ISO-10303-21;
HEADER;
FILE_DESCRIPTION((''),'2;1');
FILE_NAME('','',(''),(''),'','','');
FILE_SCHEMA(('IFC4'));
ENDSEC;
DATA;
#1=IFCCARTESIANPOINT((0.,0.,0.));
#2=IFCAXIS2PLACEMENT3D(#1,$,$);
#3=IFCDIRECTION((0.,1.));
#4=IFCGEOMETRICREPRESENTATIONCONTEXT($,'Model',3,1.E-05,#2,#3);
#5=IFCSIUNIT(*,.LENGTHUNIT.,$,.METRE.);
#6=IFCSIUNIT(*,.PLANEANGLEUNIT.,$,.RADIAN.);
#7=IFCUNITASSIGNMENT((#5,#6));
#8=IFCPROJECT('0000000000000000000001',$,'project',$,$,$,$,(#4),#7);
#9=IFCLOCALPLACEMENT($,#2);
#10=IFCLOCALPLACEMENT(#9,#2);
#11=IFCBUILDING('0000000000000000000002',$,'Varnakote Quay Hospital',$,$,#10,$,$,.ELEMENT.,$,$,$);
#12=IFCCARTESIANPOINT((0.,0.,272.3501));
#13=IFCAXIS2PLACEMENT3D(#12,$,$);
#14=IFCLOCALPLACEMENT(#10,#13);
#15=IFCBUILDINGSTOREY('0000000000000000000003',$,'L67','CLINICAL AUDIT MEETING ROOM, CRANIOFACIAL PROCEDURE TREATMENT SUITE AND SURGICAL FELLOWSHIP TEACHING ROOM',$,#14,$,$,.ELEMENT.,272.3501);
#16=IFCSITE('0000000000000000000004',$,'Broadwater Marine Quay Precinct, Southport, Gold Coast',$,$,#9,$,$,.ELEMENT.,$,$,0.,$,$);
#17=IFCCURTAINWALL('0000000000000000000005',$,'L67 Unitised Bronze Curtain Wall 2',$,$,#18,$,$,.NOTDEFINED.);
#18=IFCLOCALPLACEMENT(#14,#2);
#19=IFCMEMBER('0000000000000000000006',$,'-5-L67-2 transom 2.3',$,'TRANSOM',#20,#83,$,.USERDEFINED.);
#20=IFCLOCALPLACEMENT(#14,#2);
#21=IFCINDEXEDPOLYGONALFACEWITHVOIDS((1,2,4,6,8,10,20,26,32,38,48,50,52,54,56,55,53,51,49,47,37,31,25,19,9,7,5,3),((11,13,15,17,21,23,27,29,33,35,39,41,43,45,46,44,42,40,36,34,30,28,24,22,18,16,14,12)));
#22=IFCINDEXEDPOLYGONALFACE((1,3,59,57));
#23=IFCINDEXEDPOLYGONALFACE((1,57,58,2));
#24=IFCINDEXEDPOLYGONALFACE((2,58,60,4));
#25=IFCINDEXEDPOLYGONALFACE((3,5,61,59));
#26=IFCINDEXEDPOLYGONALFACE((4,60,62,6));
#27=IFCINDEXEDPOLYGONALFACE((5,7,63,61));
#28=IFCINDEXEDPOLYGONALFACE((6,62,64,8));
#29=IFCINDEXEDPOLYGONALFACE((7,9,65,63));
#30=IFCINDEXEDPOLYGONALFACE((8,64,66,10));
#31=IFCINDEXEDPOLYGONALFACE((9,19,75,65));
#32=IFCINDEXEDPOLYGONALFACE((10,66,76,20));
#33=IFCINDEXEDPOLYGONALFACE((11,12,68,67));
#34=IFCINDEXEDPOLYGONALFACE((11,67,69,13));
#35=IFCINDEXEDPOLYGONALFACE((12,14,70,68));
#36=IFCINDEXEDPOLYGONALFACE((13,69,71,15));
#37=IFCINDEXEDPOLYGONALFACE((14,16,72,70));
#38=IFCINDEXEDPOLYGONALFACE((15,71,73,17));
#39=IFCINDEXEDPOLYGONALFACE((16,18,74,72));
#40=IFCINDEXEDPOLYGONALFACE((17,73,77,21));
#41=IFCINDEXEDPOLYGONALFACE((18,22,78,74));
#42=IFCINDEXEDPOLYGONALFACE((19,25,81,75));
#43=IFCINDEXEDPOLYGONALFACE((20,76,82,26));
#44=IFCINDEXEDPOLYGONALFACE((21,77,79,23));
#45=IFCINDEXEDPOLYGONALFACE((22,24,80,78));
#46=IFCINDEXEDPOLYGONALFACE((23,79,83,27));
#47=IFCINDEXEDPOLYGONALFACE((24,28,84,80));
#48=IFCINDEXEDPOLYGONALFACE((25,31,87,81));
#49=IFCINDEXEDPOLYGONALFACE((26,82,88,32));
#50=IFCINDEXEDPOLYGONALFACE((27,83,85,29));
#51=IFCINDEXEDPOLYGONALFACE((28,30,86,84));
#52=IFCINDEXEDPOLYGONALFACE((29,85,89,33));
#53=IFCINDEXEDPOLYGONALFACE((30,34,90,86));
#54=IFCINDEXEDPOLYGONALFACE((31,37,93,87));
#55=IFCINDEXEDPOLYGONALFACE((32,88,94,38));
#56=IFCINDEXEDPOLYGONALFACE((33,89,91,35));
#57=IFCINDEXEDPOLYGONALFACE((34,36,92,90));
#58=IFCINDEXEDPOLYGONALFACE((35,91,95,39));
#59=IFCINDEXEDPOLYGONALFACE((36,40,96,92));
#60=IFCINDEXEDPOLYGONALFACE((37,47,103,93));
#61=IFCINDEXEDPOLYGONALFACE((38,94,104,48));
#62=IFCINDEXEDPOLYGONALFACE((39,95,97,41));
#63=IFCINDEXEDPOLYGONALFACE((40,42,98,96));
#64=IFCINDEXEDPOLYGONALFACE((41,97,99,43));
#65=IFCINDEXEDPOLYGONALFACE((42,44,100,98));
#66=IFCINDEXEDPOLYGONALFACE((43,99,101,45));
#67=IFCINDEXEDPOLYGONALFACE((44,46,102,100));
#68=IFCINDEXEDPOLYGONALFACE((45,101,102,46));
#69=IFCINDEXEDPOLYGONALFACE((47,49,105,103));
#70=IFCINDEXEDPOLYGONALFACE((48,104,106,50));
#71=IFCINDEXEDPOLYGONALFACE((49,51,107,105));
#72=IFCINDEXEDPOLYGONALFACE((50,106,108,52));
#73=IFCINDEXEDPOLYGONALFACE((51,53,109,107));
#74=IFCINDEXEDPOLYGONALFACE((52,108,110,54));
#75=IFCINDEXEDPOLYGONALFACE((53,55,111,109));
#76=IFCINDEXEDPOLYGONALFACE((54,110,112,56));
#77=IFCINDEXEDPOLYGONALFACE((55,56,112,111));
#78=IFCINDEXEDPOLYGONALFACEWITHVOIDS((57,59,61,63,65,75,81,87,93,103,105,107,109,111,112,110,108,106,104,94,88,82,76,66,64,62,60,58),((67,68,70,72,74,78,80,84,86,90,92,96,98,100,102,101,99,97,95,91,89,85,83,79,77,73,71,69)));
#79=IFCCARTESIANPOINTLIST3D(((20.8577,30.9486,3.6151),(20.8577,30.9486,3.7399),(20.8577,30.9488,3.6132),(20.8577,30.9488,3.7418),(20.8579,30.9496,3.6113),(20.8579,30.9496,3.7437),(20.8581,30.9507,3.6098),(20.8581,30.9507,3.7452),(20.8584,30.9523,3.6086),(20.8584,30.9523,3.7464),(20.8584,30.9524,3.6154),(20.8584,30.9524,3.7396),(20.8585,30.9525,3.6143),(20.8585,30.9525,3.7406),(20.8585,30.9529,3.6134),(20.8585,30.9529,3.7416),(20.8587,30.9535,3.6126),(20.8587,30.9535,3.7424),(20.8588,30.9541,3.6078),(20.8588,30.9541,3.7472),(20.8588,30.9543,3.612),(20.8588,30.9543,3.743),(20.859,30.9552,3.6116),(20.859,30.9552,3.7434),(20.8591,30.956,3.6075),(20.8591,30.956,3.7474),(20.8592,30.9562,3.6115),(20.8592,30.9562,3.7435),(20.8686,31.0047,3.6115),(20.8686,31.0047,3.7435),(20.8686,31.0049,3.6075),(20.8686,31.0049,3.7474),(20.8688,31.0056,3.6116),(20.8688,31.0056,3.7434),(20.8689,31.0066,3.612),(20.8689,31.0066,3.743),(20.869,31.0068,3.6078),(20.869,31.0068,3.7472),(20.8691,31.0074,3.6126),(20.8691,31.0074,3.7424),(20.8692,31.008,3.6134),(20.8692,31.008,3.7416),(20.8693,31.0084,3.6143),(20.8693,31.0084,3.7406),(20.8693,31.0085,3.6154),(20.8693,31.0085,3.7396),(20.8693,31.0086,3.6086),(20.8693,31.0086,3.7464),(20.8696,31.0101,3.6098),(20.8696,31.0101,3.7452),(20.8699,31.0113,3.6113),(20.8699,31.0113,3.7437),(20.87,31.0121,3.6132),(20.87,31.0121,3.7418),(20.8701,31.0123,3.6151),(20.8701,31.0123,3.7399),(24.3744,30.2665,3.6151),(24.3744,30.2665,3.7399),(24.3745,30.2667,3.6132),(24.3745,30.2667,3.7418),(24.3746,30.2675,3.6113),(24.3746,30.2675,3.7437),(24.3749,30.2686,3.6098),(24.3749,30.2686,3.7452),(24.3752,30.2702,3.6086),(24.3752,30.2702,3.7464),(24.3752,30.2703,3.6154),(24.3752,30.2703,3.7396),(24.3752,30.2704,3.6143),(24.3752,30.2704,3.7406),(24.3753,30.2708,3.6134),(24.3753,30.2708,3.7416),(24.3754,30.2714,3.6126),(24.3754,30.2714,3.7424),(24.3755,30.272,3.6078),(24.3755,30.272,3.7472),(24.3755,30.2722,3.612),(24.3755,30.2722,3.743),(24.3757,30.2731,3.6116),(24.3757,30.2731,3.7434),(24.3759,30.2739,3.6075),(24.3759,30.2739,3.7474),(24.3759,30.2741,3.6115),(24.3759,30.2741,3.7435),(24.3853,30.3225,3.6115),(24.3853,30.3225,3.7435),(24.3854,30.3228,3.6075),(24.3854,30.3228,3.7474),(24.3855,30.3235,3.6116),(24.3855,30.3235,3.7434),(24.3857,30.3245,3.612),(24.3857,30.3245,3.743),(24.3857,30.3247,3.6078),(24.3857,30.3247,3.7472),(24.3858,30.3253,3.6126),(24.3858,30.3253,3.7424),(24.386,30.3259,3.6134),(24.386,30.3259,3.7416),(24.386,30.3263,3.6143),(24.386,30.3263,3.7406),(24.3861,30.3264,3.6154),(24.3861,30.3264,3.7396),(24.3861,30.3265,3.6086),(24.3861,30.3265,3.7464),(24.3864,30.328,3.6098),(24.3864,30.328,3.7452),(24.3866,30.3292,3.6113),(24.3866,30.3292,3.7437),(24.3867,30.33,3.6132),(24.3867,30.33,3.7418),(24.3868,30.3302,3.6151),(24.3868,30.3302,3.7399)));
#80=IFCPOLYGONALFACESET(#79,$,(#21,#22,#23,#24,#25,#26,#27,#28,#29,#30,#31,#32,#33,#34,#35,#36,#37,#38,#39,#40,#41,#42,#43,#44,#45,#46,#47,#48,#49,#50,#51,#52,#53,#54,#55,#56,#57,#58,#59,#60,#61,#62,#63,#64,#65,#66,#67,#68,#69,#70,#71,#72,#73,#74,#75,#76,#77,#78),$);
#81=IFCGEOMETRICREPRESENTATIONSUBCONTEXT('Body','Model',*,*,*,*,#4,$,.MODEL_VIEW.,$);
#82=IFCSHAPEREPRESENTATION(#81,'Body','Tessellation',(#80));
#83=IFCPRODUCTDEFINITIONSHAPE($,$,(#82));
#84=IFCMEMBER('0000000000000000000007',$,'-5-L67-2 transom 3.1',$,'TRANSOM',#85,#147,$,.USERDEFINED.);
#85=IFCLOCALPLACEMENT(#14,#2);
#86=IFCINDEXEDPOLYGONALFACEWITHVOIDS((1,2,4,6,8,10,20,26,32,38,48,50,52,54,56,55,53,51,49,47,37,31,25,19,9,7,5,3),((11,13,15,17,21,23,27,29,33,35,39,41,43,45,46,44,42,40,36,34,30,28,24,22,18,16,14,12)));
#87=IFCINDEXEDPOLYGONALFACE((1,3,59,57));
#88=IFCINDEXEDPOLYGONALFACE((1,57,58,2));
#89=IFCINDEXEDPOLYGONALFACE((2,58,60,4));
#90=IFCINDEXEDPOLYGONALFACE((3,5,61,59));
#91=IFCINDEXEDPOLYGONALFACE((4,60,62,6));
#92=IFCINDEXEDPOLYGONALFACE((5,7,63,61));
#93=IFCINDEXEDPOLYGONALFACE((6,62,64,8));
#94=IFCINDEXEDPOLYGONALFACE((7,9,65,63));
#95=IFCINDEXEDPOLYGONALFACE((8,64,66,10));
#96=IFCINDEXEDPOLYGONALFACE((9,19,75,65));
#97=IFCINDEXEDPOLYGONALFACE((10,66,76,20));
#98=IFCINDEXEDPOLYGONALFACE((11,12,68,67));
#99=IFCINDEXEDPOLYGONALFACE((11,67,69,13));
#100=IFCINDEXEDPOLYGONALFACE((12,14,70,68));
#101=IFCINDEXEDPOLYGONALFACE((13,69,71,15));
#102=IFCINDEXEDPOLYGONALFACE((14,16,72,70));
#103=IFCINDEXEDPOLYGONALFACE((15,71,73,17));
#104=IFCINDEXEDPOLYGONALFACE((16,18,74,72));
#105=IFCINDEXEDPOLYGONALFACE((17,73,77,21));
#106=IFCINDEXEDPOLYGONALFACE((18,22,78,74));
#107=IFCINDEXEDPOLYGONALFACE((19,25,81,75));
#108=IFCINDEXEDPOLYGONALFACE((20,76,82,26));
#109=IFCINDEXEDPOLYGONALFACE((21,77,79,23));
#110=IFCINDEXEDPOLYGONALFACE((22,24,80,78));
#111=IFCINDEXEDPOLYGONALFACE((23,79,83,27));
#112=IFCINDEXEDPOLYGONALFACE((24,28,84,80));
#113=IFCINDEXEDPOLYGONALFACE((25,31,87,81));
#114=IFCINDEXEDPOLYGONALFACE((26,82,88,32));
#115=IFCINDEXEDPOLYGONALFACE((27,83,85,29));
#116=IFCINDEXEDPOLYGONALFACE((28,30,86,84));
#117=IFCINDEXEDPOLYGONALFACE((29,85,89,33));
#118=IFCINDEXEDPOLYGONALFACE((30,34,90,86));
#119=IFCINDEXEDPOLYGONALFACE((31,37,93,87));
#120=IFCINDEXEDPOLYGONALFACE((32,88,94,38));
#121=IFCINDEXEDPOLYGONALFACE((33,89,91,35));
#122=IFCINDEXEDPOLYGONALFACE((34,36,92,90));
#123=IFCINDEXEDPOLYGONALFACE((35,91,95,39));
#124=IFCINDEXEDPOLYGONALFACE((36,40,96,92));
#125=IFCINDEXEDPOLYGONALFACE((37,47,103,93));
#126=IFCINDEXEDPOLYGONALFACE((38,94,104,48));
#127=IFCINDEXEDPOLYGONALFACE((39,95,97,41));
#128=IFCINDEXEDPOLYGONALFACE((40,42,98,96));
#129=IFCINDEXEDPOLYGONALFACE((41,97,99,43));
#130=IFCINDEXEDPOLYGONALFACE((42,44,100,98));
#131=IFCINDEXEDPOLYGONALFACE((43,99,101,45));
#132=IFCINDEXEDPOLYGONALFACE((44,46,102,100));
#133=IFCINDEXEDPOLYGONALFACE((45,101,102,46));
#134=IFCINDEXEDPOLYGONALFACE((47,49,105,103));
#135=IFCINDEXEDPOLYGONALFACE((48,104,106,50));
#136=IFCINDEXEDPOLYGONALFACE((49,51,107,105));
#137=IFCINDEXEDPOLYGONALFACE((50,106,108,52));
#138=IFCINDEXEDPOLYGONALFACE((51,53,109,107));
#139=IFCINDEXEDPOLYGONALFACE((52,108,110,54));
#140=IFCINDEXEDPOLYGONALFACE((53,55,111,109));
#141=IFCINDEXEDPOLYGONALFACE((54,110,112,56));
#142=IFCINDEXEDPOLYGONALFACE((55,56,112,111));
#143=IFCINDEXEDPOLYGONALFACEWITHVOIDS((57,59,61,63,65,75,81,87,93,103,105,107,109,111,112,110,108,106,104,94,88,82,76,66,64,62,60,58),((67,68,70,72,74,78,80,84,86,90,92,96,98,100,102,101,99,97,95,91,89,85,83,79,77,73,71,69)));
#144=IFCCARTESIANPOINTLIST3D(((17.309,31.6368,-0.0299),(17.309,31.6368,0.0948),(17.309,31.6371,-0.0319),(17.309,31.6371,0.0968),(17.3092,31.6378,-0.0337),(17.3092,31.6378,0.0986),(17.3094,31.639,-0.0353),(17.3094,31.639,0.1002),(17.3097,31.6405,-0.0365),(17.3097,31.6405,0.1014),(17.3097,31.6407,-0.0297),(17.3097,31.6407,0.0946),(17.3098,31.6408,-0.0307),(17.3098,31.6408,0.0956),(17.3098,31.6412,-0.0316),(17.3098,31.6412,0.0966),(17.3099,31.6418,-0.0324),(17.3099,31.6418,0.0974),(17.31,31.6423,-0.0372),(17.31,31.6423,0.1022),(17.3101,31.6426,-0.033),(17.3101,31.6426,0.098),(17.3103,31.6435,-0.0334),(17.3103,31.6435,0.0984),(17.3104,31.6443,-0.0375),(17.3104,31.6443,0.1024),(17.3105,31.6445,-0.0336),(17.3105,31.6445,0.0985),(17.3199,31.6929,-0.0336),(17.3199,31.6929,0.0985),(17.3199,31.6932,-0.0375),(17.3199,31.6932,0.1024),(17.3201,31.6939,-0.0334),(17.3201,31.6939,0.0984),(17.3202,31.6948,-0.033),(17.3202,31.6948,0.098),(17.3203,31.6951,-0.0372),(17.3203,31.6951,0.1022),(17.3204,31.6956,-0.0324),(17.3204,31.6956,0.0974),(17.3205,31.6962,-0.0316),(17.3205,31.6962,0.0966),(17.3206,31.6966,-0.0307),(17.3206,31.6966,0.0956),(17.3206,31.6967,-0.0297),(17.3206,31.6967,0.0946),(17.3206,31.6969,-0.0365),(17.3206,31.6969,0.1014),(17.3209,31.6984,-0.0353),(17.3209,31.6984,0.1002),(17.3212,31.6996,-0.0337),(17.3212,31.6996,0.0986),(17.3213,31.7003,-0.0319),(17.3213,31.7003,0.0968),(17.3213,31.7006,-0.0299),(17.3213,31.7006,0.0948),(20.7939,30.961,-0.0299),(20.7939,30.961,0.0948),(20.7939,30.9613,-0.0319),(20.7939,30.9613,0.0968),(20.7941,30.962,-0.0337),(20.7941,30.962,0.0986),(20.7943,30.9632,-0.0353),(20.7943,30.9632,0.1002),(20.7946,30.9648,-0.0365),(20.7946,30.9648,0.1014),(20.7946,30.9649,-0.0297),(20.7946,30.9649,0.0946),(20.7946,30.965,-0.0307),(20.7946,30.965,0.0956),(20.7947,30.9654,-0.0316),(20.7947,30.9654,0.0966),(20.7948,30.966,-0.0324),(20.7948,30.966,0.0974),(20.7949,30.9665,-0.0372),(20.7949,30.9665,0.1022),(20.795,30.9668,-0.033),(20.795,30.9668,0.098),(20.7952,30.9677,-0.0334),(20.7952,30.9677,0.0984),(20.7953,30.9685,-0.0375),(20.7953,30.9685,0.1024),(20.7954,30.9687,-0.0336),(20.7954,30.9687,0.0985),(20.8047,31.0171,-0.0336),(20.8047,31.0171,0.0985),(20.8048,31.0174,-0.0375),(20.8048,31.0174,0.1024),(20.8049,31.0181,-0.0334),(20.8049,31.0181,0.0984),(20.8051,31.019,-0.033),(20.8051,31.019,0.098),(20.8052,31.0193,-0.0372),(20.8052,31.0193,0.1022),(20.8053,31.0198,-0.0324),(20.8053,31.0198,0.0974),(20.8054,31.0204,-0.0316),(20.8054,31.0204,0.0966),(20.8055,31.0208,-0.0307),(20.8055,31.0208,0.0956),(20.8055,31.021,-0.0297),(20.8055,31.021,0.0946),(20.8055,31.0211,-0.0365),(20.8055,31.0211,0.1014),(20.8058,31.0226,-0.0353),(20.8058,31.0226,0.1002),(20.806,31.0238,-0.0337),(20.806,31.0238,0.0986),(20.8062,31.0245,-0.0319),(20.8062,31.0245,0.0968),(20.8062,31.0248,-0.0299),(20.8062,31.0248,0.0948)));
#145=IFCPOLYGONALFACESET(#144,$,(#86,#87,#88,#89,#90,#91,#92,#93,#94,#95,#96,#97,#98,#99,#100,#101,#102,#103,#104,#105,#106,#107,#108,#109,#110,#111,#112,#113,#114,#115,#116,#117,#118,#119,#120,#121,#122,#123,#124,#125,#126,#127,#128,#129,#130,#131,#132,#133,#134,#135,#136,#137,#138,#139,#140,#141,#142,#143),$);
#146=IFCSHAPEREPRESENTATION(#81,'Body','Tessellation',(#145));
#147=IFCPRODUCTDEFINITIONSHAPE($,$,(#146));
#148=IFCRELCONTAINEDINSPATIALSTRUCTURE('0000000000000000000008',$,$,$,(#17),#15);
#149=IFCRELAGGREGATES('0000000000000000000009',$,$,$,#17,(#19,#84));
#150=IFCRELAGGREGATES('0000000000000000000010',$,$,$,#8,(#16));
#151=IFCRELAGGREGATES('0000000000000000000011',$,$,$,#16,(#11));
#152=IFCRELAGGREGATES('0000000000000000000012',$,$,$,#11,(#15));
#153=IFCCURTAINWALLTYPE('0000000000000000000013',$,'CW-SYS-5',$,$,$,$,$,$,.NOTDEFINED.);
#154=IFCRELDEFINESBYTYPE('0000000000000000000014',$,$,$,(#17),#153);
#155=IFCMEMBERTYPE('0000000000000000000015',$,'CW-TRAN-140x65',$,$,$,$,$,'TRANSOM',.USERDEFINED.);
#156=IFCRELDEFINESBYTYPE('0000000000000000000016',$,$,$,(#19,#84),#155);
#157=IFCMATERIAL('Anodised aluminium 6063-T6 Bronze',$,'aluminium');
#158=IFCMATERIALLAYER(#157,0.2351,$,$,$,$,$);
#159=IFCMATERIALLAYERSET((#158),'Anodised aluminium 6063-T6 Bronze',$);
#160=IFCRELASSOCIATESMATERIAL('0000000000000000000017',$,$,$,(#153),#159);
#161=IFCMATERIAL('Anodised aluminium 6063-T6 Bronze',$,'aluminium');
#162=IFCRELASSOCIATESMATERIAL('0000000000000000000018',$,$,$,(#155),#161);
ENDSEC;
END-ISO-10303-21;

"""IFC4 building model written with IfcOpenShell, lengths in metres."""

from ifc_helpers import new_model, si_unit, direction, frame, origin, origin_2d, place, context, subcontext, project, spatial, hollow_rectangle, extrude, material, layer, layer_set, material_profile, profile_set, type_object, element, aggregate, save


model = new_model("IFC4")

# Units and contexts
model_context = context("Model", 3, precision=1e-05, world=origin(), true_north=direction((0.0, 1.0)))
body_context = subcontext(model_context, "Body", "Model", "MODEL_VIEW")
ifc_project = project(units=[si_unit("LENGTHUNIT", "METRE"), si_unit("PLANEANGLEUNIT", "RADIAN")], contexts=[model_context])

# Site, building, storey
site_placement = place(None, origin())
site = spatial("IfcSite", under=ifc_project, at=site_placement, Name="Broadwater Marine Quay Precinct, Southport, Gold Coast", CompositionType="ELEMENT", RefElevation=0.0)
building_placement = place(site_placement, origin())
building = spatial("IfcBuilding", under=site, at=building_placement, Name="Varnakote Quay Hospital", CompositionType="ELEMENT")
storey_placement = place(building_placement, frame((0.0, 0.0, 272.3501)))
storey = spatial("IfcBuildingStorey", under=building, at=storey_placement, Name="L67", Description="CLINICAL AUDIT MEETING ROOM, CRANIOFACIAL PROCEDURE TREATMENT SUITE AND SURGICAL FELLOWSHIP TEACHING ROOM", CompositionType="ELEMENT", Elevation=272.3501)

# Shared definitions
ifc_material_1 = material(Name="Anodised aluminium 6063-T6 Bronze", Category="aluminium")
ifc_layer_1 = layer(ifc_material_1, 0.2351)
ifc_layer_set_1 = layer_set([ifc_layer_1], Name="Anodised aluminium 6063-T6 Bronze")
curtain_wall_type = type_object("IfcCurtainWallType", Name="CW-SYS-5", PredefinedType="NOTDEFINED", material=ifc_layer_set_1)

# Curtain wall, members
curtain_wall_1_placement = place(storey_placement, origin())
curtain_wall_1 = element("IfcCurtainWall", 1, at=curtain_wall_1_placement, inside=storey, type_object=curtain_wall_type, Name="L67 Unitised Bronze Curtain Wall 2", PredefinedType="NOTDEFINED")
ifc_material_2 = material(Name="Anodised aluminium 6063-T6 Bronze", Category="aluminium")
ifc_material_profile_1 = material_profile(ifc_material_2, hollow_rectangle(XDim=0.0649, YDim=0.1399, WallThickness=0.0039, InnerFilletRadius=0.0039, OuterFilletRadius=0.0076, at=origin_2d()), Name="CW-TRAN-140x65")
ifc_profile_set_1 = profile_set([ifc_material_profile_1], Name="Anodised aluminium 6063-T6 Bronze")
member_type_1 = type_object("IfcMemberType", Name="CW-TRAN-140x65", ElementType="TRANSOM", PredefinedType="USERDEFINED", material=ifc_profile_set_1)
member_1_placement = place(storey_placement, frame((24.3806, 30.2983, 3.6775), z_axis=(-0.981704, 0.190412, 0.0), x_axis=(-0.190412, -0.981704, 0.0)))
member_1 = element("IfcMember", 2, at=member_1_placement, type_object=member_type_1, Name="-5-L67-2 transom 2.3", ObjectType="TRANSOM", PredefinedType="USERDEFINED", context=body_context, shape_type="SweptSolid", body=[
    extrude(hollow_rectangle(XDim=0.0649, YDim=0.1399, WallThickness=0.0039, InnerFilletRadius=0.0039, OuterFilletRadius=0.0076, at=origin_2d()), origin(), (0.0, 0.0, 1.0), 3.5823),
])
member_2_placement = place(storey_placement, frame((20.8, 30.9929, 0.0325), z_axis=(-0.981712, 0.190373, 0.0), x_axis=(-0.190373, -0.981712, 0.0)))
member_2 = element("IfcMember", 3, at=member_2_placement, type_object=member_type_1, Name="-5-L67-2 transom 3.1", ObjectType="TRANSOM", PredefinedType="USERDEFINED", context=body_context, shape_type="SweptSolid", body=[
    extrude(hollow_rectangle(XDim=0.0649, YDim=0.1399, WallThickness=0.0039, InnerFilletRadius=0.0039, OuterFilletRadius=0.0076, at=origin_2d()), origin(), (0.0, 0.0, 1.0), 3.5498),
])

aggregate(curtain_wall_1, [member_1, member_2])

save(model, "model.ifc")
